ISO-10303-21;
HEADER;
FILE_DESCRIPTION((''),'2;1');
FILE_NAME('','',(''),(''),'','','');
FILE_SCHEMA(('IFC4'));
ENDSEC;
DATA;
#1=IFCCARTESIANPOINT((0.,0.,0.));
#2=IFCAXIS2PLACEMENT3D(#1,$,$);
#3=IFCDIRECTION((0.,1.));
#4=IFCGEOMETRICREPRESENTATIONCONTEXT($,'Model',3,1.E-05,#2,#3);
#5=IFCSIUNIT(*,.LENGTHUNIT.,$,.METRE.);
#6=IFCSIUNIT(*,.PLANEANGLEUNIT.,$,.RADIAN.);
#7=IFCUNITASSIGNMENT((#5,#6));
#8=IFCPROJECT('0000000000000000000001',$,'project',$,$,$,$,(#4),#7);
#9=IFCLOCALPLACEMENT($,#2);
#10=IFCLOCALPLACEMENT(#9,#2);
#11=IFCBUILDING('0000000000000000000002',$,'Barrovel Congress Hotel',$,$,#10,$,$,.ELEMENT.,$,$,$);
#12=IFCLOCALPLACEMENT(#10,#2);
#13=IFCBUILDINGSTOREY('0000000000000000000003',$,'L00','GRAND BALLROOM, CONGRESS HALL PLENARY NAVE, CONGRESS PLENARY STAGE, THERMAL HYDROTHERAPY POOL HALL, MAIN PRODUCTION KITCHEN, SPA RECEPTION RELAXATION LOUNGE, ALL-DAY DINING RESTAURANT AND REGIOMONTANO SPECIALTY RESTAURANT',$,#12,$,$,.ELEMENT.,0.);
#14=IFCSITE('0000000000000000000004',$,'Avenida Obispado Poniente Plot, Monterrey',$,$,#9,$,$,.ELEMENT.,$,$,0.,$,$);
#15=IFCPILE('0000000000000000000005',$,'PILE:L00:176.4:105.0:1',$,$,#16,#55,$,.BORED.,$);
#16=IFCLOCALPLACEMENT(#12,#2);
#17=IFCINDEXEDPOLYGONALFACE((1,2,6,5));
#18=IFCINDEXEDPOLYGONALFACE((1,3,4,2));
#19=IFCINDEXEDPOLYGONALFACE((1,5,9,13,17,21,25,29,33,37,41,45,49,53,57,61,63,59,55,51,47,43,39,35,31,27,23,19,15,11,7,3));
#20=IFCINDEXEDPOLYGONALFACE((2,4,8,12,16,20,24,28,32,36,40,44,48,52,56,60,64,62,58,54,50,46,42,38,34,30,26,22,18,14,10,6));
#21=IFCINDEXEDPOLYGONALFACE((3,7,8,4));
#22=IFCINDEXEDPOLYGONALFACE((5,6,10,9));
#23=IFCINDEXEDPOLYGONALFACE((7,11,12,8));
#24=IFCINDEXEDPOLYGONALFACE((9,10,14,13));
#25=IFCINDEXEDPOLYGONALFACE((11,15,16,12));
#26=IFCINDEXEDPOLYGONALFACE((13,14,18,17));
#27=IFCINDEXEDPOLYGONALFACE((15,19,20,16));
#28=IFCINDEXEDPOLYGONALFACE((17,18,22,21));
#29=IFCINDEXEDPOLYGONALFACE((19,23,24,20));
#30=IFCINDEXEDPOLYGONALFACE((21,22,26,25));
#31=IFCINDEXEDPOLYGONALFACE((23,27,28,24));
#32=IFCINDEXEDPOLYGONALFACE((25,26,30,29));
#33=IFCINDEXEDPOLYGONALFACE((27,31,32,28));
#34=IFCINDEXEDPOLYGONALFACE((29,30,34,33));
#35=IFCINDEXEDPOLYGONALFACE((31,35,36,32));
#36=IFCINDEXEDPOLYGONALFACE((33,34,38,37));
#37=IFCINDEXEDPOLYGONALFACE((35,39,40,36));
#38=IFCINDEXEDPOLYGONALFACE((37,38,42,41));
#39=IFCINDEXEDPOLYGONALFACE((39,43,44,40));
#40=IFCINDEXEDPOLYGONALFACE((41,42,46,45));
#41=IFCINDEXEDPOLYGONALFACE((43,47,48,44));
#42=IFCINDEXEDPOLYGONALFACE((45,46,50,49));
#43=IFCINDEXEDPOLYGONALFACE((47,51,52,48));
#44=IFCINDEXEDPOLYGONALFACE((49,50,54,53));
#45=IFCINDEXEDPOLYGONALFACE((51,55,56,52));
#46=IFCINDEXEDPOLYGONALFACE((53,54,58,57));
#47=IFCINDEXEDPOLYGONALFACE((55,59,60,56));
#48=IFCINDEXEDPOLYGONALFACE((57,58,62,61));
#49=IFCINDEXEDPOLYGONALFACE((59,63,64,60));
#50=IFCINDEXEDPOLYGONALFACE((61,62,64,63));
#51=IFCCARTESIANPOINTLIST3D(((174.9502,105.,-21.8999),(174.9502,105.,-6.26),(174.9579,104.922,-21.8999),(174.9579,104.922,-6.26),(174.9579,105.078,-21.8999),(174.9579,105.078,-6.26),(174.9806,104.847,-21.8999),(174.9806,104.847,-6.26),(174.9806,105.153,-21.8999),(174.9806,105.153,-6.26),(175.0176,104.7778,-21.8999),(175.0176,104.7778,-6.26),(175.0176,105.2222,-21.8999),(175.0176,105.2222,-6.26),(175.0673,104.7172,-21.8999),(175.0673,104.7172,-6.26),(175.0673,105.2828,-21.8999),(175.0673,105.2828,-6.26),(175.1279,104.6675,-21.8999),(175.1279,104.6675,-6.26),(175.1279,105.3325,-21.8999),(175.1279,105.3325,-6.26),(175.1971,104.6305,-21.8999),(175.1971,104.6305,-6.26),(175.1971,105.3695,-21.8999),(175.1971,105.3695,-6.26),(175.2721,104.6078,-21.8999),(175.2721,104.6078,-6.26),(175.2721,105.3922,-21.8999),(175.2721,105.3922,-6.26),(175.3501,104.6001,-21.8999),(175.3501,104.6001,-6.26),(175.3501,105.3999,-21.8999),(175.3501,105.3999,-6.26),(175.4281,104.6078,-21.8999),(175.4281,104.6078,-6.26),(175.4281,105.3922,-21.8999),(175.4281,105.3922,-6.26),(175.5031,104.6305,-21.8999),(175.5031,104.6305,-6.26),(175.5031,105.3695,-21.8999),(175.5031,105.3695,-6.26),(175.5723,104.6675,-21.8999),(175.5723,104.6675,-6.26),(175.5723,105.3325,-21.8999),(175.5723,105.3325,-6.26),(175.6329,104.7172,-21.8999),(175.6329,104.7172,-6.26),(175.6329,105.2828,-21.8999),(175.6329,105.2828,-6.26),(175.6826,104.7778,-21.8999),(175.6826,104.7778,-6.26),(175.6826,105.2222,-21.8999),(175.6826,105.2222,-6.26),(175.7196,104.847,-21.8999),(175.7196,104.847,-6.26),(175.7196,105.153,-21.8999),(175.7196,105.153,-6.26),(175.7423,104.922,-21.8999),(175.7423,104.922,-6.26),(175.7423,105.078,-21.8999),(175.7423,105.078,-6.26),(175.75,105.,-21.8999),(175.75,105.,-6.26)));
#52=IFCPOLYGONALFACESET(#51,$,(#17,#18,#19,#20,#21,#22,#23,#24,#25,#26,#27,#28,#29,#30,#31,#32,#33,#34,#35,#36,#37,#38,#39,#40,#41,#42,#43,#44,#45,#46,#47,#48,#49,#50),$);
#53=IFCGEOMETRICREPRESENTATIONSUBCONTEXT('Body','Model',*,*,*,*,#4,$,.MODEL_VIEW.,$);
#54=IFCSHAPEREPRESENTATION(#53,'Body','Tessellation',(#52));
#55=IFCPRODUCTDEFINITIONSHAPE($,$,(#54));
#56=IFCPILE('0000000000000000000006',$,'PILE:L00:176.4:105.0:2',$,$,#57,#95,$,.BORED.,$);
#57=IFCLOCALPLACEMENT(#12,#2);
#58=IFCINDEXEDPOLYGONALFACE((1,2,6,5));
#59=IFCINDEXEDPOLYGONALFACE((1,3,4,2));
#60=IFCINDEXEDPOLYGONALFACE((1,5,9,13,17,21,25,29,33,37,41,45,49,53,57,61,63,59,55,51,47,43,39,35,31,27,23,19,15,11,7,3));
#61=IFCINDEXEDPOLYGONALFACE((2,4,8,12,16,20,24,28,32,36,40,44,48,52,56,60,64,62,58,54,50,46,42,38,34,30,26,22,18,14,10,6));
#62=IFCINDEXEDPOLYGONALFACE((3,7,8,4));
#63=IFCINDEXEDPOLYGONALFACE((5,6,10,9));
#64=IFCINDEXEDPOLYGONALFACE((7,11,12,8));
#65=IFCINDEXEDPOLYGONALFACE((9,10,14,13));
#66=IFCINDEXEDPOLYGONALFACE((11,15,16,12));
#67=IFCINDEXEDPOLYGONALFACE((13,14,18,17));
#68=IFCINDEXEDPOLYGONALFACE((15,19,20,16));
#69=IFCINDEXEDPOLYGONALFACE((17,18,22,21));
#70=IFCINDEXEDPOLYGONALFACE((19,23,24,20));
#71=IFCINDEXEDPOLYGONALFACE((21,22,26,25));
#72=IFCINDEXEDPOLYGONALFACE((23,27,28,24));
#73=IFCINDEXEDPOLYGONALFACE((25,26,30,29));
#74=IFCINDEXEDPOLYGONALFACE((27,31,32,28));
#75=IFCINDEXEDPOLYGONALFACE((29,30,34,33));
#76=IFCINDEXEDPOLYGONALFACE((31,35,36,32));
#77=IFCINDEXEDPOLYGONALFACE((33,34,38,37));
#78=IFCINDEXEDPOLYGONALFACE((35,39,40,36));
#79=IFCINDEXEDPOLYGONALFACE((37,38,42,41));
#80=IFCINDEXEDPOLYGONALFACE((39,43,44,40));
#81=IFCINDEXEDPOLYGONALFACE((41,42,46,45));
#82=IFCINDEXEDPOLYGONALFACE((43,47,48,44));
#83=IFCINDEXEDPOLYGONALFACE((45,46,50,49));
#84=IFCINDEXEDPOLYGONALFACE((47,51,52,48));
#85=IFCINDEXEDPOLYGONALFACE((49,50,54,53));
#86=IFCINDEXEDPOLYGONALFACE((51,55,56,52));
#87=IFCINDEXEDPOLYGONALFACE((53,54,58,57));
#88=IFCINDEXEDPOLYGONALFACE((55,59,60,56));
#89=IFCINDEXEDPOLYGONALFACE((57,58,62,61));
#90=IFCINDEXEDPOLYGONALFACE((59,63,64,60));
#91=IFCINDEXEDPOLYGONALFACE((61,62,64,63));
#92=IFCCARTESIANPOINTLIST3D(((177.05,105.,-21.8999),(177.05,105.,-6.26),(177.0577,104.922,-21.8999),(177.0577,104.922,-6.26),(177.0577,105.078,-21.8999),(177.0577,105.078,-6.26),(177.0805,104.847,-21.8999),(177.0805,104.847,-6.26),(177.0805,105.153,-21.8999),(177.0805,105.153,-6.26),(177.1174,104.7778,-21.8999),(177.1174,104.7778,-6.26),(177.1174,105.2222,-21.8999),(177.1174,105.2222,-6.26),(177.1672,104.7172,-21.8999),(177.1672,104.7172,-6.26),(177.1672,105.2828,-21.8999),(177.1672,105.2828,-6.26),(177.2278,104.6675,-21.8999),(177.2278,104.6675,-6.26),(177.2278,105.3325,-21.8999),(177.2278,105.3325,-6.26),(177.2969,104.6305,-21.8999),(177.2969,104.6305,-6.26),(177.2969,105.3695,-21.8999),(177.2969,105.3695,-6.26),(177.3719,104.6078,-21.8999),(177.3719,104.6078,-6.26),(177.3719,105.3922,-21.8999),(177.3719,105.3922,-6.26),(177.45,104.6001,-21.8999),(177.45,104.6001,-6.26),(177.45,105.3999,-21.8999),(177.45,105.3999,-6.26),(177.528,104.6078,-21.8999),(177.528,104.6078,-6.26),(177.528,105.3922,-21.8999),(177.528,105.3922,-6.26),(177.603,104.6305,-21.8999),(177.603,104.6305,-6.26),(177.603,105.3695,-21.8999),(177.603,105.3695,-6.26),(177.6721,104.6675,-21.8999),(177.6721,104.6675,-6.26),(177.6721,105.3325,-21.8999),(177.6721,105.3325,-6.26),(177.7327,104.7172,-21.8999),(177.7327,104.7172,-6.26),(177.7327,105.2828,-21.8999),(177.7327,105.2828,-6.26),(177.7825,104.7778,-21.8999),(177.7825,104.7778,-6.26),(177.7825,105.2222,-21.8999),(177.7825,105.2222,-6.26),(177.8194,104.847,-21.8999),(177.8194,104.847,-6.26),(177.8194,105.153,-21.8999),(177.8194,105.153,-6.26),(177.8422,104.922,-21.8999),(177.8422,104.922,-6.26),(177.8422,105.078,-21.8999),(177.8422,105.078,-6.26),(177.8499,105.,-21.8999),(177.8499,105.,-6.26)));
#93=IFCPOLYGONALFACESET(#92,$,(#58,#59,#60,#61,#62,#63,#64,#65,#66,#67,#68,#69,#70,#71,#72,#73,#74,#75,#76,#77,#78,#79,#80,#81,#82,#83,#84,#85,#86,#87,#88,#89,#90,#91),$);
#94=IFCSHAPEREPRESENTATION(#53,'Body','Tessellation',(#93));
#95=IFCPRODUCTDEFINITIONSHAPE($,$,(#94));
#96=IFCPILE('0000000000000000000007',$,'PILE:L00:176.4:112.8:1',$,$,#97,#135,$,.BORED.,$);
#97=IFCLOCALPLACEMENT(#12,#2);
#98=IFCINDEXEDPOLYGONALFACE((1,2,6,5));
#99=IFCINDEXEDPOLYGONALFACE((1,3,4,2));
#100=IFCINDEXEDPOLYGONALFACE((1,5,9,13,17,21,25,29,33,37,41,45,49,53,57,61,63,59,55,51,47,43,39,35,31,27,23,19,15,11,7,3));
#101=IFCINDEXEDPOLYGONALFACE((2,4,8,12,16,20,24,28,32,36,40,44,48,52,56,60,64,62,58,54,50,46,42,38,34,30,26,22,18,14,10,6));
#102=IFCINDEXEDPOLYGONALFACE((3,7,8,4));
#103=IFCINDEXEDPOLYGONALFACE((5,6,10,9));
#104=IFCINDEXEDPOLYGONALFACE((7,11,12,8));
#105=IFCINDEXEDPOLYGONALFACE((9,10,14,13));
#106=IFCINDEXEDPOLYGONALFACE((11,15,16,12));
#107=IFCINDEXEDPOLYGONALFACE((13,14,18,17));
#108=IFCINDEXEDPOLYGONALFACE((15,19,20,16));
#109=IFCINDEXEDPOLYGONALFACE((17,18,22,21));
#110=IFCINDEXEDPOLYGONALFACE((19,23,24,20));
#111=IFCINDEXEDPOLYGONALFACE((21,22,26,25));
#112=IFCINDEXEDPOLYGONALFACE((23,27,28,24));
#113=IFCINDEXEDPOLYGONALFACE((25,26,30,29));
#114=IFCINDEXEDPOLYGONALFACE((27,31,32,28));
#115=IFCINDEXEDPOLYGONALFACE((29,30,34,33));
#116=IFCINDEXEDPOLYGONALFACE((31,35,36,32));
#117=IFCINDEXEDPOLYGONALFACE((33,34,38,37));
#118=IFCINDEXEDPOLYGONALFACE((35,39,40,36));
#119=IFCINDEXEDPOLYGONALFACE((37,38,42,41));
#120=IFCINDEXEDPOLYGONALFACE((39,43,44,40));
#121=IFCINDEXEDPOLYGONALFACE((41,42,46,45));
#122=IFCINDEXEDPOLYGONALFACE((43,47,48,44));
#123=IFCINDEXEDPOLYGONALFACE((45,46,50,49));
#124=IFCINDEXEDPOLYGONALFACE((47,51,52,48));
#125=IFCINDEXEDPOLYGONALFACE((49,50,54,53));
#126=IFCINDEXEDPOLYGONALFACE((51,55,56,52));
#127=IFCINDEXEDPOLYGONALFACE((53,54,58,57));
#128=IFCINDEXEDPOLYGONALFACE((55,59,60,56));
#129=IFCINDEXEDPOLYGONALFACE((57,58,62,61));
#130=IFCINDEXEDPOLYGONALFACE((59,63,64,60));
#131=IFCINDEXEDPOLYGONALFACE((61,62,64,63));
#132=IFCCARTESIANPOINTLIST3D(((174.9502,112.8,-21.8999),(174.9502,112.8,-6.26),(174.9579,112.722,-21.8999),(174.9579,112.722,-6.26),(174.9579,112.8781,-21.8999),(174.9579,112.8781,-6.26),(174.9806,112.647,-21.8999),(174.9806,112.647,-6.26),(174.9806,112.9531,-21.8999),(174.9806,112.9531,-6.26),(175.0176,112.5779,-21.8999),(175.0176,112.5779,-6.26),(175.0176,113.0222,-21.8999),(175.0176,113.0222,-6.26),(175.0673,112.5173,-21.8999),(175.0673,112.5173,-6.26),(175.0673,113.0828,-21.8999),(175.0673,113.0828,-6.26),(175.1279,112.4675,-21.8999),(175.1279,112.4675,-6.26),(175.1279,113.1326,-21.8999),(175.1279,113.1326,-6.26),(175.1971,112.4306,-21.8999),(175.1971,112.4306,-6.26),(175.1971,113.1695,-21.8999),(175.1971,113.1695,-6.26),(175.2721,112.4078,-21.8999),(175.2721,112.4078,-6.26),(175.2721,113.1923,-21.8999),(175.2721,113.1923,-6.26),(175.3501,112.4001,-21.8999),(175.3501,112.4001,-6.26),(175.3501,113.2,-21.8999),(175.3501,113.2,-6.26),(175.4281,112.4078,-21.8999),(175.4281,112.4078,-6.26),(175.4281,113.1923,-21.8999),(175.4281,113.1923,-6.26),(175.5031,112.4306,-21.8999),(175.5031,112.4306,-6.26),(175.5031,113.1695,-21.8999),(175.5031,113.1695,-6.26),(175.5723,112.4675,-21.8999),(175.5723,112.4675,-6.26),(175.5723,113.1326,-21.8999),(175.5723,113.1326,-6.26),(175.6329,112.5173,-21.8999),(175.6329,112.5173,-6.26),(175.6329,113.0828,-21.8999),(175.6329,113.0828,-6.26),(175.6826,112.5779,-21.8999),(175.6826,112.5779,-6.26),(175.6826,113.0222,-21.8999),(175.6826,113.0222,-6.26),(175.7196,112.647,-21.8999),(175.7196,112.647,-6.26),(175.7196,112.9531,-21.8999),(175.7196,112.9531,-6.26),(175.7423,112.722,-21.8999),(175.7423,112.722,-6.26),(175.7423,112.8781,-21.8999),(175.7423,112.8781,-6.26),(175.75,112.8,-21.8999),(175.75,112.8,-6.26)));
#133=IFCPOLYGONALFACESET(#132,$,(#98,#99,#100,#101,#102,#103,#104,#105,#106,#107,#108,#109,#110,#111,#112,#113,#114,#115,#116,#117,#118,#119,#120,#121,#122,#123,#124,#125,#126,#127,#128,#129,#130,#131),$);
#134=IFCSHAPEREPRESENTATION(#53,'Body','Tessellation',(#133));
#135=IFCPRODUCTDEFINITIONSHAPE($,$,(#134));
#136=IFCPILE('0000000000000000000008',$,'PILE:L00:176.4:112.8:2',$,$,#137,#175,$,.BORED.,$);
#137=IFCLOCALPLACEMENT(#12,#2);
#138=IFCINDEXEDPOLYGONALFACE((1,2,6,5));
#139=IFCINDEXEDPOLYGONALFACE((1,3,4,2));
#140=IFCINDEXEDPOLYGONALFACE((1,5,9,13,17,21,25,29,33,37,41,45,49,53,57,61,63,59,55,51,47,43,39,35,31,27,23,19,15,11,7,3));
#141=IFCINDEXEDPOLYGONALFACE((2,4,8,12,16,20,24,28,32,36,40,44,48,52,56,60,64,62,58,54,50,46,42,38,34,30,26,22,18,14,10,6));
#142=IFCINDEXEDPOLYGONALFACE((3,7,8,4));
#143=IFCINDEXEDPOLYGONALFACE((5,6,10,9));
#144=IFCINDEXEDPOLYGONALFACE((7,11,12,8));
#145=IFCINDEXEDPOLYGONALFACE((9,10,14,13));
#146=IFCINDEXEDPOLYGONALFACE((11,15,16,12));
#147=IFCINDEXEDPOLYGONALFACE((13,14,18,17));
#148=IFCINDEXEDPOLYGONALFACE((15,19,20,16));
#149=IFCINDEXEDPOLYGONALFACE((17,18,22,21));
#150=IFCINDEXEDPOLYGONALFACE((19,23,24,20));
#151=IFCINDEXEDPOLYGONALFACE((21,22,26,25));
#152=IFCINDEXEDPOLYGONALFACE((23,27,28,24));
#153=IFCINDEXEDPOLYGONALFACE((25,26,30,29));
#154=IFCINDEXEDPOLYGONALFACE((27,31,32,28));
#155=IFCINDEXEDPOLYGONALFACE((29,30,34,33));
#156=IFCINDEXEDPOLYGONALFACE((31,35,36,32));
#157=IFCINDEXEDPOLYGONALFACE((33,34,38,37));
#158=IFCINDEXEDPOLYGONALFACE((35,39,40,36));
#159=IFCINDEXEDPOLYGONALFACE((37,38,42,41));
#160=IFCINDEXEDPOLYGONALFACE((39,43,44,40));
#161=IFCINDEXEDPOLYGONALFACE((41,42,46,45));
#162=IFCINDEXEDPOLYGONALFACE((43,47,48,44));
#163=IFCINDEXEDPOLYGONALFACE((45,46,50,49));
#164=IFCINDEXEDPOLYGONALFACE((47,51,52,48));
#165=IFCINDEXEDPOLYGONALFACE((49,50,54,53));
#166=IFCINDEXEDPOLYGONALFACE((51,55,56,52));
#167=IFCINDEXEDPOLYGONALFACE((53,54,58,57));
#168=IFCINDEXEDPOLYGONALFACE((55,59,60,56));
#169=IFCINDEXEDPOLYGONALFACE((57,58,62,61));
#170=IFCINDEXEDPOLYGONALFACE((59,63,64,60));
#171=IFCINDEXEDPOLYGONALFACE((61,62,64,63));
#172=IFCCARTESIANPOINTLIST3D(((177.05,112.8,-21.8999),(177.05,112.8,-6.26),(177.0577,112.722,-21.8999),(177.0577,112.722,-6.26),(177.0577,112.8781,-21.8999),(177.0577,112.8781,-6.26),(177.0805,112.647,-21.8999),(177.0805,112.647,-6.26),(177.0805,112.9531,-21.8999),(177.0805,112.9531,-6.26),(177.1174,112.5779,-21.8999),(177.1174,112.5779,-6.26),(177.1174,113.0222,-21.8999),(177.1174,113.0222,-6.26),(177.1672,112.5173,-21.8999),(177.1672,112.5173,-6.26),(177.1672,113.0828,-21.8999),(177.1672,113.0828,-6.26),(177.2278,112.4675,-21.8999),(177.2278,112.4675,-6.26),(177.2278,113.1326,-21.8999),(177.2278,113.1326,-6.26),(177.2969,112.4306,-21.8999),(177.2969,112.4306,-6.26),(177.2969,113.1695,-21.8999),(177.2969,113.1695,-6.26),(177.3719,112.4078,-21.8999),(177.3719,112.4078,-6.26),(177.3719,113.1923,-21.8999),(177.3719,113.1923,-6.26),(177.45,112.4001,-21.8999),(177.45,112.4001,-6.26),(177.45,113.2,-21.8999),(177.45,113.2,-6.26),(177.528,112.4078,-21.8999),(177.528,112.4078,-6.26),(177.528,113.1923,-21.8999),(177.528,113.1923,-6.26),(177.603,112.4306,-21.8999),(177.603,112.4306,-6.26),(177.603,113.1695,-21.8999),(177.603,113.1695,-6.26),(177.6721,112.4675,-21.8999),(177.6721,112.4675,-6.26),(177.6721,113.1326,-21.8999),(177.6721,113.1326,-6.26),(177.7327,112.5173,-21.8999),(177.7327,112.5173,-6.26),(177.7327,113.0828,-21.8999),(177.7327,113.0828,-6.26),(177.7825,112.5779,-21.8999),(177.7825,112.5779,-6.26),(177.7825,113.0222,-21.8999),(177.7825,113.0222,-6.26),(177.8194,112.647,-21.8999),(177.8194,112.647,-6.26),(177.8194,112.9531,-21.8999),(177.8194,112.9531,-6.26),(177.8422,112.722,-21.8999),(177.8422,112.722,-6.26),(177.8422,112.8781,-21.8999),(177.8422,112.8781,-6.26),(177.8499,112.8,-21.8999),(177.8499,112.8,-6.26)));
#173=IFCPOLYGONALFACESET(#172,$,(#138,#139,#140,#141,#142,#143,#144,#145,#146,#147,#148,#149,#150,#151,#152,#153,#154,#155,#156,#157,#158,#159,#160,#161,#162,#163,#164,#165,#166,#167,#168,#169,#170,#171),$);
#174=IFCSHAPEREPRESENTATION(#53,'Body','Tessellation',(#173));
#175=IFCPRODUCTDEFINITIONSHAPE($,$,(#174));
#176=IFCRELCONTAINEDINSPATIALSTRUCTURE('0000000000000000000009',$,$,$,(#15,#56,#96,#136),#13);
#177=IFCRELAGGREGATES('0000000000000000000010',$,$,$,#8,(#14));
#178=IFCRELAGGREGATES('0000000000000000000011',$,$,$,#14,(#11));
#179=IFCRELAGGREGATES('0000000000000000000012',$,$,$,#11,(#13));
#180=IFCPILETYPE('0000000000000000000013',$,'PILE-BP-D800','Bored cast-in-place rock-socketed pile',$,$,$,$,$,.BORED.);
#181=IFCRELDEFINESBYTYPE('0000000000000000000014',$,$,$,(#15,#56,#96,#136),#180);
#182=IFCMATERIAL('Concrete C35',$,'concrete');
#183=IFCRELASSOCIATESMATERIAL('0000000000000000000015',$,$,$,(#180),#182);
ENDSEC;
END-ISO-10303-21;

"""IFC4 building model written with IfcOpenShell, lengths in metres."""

from ifc_helpers import new_model, si_unit, direction, frame, origin, origin_2d, place, context, subcontext, project, spatial, circle, extrude, material, material_profile, profile_set, type_object, element, save


model = new_model("IFC4")

# Units and contexts
model_context = context("Model", 3, precision=1e-05, world=origin(), true_north=direction((0.0, 1.0)))
body_context = subcontext(model_context, "Body", "Model", "MODEL_VIEW")
ifc_project = project(units=[si_unit("LENGTHUNIT", "METRE"), si_unit("PLANEANGLEUNIT", "RADIAN")], contexts=[model_context])

# Site, building, storey
site_placement = place(None, origin())
site = spatial("IfcSite", under=ifc_project, at=site_placement, Name="Avenida Obispado Poniente Plot, Monterrey", CompositionType="ELEMENT", RefElevation=0.0)
building_placement = place(site_placement, origin())
building = spatial("IfcBuilding", under=site, at=building_placement, Name="Barrovel Congress Hotel", CompositionType="ELEMENT")
storey_placement = place(building_placement, origin())
storey = spatial("IfcBuildingStorey", under=building, at=storey_placement, Name="L00", Description="GRAND BALLROOM, CONGRESS HALL PLENARY NAVE, CONGRESS PLENARY STAGE, THERMAL HYDROTHERAPY POOL HALL, MAIN PRODUCTION KITCHEN, SPA RECEPTION RELAXATION LOUNGE, ALL-DAY DINING RESTAURANT AND REGIOMONTANO SPECIALTY RESTAURANT", CompositionType="ELEMENT", Elevation=0.0)

# Piles
ifc_material_1 = material(Name="Concrete C35", Category="concrete")
ifc_material_profile_1 = material_profile(ifc_material_1, circle(Radius=0.3999, at=origin_2d()), Name="BP-D800")
ifc_profile_set_1 = profile_set([ifc_material_profile_1], Name="Concrete C35")
pile_type = type_object("IfcPileType", Name="PILE-BP-D800", Description="Bored cast-in-place rock-socketed pile", PredefinedType="BORED", material=ifc_profile_set_1)
for number, where, z_axis, x_axis, name in (
    (1, (175.3501, 105.0, -6.26), (0.0, 0.0, -1.0), (1.0, 0.0, 0.0), "PILE:L00:176.4:105.0:1"),
    (2, (177.45, 105.0, -6.26), (0.0, 0.0, -1.0), (1.0, 0.0, 0.0), "PILE:L00:176.4:105.0:2"),
    (3, (175.3501, 112.8, -6.26), (0.0, 0.0, -1.0), (1.0, 0.0, 0.0), "PILE:L00:176.4:112.8:1"),
    (4, (177.45, 112.8, -6.26), (0.0, 0.0, -1.0), (1.0, 0.0, 0.0), "PILE:L00:176.4:112.8:2"),
):
    element("IfcPile", number, at=place(storey_placement, frame(where, z_axis=z_axis, x_axis=x_axis)), inside=storey, type_object=pile_type, Name=name, PredefinedType="BORED", context=body_context, shape_type="SweptSolid", body=[
        extrude(circle(Radius=0.3999, at=origin_2d()), origin(), (0.0, 0.0, 1.0), 15.6399),
    ])

save(model, "model.ifc")
